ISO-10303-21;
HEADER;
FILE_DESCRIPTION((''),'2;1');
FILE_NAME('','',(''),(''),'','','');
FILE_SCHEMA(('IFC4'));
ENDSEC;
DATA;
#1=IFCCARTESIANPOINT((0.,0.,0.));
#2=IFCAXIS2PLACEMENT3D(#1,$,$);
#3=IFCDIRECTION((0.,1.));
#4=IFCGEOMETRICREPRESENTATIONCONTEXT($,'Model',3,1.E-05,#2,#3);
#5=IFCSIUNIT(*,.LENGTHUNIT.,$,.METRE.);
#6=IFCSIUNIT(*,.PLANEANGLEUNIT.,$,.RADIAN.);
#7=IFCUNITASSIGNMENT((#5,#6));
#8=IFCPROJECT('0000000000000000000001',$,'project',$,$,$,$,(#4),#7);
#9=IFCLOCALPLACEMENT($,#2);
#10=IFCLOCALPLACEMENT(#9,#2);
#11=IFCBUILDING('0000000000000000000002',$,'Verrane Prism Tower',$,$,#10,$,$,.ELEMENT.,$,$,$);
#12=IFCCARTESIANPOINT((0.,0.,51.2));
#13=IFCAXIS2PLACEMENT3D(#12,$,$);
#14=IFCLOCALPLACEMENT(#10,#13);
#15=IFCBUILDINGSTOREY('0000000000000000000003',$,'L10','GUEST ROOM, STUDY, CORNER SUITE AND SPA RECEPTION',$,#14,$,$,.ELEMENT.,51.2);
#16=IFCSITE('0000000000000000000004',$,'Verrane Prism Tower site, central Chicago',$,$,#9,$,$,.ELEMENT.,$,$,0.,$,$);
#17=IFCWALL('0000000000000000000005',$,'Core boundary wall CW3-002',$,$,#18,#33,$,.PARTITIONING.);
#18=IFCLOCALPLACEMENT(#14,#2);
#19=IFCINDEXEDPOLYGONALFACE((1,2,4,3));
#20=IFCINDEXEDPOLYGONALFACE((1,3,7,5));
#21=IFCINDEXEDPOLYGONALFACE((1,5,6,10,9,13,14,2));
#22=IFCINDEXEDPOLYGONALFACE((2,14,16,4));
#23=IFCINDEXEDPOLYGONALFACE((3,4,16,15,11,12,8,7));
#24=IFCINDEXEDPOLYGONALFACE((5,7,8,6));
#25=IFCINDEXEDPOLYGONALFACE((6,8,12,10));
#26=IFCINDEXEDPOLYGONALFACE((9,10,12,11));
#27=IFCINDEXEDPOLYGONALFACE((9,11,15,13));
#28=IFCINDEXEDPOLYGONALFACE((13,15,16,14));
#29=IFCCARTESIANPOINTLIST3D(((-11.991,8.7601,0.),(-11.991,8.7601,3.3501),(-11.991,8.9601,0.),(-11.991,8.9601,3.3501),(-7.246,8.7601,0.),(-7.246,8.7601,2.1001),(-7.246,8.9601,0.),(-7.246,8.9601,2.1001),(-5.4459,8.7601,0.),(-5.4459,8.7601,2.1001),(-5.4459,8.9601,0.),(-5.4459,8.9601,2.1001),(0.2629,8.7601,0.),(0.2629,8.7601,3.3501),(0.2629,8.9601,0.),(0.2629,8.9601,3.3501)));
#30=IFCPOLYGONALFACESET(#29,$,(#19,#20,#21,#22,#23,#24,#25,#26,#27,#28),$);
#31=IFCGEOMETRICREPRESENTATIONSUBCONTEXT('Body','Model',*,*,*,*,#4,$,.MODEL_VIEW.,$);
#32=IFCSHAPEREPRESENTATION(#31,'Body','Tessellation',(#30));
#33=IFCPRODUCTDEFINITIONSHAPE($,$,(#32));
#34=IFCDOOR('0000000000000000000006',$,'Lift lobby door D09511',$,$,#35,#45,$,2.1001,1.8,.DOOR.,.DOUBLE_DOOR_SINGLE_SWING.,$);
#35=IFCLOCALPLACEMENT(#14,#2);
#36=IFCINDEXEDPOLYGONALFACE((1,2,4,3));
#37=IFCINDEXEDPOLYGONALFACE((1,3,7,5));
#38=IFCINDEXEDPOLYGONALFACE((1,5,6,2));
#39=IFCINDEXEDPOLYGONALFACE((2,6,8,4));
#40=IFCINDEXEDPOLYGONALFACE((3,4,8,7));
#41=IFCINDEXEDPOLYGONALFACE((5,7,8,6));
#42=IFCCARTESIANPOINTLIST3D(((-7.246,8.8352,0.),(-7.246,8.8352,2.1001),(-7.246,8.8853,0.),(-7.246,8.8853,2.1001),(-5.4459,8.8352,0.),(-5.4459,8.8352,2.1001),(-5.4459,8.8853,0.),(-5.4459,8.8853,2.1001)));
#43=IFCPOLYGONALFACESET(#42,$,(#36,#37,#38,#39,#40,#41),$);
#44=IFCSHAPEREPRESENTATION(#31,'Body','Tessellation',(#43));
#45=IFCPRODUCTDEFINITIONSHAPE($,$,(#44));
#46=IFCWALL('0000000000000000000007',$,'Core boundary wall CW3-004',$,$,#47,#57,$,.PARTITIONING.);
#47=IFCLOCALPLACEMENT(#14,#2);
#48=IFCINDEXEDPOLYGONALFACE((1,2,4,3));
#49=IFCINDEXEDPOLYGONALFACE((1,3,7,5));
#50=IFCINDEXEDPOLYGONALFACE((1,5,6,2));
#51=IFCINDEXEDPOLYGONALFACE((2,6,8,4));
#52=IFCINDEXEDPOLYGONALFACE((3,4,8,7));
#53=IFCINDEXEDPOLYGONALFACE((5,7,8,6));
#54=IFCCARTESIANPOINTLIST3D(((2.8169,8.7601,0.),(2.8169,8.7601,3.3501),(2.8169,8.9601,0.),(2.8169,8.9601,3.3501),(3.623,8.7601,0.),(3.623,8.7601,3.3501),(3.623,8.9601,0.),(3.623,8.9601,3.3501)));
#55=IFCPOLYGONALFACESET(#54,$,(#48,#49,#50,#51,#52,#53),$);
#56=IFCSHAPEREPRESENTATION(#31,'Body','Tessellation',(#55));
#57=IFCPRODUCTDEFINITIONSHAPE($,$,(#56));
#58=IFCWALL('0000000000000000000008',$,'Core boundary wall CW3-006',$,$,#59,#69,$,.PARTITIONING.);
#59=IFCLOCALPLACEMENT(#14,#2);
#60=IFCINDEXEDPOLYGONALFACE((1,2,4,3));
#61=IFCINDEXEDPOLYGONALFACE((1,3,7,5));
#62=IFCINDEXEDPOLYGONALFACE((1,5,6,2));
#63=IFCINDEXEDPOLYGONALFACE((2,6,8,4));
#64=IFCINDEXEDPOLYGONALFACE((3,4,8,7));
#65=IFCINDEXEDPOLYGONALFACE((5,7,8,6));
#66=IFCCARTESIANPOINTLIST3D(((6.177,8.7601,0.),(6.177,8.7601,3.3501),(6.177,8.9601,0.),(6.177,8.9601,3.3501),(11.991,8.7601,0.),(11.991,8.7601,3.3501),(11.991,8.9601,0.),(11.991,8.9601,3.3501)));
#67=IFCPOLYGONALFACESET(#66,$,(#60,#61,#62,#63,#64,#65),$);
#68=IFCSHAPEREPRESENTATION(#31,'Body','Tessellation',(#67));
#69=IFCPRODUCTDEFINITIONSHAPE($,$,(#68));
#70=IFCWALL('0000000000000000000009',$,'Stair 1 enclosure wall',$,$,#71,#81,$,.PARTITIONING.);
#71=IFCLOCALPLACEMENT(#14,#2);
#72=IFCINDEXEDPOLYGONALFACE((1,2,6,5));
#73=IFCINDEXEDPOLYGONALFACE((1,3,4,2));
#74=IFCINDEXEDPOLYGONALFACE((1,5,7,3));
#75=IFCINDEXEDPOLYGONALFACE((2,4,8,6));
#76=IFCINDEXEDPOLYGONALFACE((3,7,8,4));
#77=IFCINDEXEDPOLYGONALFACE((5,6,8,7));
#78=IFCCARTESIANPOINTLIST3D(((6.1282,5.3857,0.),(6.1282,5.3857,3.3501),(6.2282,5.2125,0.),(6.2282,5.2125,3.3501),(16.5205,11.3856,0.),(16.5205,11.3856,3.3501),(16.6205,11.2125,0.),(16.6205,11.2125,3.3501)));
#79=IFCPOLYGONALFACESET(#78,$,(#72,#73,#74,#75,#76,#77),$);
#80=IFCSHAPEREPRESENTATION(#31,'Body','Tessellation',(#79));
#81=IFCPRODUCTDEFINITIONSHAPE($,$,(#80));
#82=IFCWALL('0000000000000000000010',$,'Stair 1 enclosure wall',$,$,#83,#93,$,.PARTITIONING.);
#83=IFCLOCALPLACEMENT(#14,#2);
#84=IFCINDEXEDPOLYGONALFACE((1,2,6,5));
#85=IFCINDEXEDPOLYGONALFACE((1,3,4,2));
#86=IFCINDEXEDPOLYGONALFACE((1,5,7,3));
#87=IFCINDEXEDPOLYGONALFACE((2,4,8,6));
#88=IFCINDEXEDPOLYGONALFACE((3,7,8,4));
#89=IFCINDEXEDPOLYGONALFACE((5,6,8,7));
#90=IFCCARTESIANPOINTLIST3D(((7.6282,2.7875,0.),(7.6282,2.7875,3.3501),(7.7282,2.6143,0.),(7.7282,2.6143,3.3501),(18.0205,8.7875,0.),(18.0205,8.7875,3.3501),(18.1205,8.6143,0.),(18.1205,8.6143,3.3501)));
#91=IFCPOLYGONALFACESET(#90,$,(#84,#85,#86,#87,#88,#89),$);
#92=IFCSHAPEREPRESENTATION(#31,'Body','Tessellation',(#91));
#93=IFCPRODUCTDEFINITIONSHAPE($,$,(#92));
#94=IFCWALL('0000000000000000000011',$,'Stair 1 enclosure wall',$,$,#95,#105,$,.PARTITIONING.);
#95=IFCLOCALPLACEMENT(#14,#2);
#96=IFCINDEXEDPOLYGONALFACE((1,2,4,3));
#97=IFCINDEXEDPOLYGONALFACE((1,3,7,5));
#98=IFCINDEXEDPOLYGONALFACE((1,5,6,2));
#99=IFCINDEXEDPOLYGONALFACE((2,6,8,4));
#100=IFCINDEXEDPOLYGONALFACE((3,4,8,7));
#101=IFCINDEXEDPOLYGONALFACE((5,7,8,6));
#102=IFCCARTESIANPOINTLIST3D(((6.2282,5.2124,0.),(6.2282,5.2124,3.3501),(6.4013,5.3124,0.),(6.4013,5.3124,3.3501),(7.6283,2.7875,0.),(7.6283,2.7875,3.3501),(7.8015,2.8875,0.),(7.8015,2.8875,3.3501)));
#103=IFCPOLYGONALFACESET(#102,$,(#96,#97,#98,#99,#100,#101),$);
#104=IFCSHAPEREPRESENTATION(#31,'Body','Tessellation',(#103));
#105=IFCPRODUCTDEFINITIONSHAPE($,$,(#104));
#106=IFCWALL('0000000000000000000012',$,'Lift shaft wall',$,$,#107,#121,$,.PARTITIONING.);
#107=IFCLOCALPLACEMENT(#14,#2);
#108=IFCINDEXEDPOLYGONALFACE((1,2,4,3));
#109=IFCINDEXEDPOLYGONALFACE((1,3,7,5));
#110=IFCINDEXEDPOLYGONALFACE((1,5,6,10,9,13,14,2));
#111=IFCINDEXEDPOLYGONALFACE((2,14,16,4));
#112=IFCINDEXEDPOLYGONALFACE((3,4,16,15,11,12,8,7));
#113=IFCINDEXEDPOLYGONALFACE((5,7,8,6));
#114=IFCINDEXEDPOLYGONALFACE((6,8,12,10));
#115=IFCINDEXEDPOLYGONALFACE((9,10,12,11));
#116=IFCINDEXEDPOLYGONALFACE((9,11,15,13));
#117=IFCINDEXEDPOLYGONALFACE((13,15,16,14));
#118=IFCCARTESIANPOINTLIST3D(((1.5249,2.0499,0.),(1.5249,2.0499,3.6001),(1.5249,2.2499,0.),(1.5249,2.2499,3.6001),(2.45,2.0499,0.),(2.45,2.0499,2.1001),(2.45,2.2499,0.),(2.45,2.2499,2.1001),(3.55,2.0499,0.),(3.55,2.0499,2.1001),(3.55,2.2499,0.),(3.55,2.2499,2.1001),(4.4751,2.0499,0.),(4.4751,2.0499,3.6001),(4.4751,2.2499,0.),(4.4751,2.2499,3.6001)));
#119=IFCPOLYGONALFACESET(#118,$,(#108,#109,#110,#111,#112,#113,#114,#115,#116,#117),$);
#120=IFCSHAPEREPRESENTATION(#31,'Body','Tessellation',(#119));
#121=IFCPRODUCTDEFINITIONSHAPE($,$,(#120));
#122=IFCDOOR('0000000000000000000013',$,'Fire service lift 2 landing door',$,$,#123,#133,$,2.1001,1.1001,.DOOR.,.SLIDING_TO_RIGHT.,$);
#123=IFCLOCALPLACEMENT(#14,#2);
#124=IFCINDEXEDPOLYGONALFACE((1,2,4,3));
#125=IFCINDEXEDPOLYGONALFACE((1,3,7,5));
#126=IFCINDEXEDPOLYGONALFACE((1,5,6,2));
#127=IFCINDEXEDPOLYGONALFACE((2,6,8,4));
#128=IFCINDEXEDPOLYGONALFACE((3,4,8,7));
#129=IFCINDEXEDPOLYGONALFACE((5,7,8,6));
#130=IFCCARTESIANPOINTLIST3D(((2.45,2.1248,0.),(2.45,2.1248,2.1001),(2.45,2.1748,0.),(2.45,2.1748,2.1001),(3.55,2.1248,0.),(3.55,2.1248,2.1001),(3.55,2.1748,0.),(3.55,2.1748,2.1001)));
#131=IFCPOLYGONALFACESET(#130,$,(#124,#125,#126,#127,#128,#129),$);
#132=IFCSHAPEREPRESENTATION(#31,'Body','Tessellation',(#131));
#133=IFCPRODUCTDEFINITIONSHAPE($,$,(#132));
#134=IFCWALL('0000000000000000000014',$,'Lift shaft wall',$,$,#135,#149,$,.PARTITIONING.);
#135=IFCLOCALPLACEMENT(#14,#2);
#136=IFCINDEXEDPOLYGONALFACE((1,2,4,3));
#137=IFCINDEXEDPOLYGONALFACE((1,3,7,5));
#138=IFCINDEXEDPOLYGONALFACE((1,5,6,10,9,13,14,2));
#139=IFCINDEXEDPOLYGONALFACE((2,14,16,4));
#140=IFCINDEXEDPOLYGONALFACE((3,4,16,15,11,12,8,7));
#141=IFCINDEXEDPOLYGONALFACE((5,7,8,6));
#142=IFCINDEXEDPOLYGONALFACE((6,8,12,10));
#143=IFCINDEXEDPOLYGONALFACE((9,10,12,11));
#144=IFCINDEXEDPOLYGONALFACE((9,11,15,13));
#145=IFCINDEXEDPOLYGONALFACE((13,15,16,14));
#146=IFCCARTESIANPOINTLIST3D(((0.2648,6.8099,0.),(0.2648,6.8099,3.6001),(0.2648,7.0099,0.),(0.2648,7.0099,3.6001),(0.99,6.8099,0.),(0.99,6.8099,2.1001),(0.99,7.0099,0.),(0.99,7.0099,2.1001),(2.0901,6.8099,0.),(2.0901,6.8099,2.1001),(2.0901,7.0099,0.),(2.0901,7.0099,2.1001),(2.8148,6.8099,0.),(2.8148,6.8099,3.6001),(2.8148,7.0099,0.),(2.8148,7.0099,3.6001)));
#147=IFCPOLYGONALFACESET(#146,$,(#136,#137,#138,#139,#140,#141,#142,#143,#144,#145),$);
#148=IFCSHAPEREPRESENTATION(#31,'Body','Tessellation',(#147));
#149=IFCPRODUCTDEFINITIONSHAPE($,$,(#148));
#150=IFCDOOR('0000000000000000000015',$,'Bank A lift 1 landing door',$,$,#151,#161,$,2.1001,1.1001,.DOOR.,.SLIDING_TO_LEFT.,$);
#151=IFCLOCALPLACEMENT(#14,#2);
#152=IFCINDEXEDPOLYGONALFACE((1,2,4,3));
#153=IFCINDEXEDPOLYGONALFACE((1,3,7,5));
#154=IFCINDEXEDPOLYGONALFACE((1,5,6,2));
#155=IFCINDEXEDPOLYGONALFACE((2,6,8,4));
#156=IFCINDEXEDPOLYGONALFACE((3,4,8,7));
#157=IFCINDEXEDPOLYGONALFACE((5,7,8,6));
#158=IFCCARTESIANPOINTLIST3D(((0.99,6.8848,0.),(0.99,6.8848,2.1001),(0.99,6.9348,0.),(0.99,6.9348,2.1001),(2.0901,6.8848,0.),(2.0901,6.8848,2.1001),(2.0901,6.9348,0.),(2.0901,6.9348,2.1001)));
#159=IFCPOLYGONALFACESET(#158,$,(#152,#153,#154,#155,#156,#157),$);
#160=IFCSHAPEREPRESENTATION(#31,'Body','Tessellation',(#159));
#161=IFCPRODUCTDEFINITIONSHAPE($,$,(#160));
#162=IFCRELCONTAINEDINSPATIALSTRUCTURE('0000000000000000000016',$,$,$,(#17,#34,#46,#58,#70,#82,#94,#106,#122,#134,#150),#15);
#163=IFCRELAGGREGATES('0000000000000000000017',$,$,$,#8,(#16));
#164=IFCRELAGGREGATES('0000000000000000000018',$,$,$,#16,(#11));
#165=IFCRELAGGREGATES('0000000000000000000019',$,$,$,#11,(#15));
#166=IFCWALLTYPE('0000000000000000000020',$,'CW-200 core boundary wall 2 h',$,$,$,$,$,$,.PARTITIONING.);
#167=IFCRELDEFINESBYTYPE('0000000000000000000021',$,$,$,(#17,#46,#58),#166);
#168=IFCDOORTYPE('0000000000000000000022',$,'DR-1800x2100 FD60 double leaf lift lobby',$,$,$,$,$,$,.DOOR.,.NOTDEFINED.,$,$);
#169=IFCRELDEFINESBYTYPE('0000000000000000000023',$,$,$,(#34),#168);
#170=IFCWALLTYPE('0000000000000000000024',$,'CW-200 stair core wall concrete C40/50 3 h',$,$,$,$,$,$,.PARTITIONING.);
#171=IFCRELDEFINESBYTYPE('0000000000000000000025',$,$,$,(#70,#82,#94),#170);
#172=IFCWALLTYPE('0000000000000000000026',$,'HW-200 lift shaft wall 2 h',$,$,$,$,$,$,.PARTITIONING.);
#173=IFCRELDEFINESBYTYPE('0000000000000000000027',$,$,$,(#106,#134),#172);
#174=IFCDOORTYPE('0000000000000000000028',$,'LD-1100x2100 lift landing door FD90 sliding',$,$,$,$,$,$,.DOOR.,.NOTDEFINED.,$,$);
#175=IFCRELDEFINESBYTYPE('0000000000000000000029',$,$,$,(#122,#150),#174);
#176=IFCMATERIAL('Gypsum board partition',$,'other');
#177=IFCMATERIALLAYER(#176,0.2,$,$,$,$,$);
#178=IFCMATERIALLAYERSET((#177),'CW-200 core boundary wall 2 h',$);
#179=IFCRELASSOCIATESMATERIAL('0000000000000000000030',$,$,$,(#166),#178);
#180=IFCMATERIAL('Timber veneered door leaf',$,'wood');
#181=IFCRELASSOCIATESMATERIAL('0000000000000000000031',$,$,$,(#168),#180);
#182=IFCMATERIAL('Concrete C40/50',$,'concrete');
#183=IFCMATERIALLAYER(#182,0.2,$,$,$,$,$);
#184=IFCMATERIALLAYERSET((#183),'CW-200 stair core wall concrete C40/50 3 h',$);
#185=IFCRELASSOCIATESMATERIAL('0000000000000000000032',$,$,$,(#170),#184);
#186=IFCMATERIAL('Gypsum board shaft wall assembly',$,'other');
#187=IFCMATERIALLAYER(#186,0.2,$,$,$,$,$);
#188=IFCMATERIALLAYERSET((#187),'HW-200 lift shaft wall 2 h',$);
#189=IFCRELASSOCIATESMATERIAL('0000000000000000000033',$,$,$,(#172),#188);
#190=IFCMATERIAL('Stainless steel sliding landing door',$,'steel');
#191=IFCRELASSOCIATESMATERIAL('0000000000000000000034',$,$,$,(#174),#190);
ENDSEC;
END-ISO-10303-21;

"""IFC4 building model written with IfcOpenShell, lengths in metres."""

from ifc_helpers import new_model, si_unit, direction, frame, frame_2d, origin, place, context, subcontext, project, spatial, rectangle, extrude, material, layer, layer_set, type_object, element, fill, save


model = new_model("IFC4")

# Units and contexts
model_context = context("Model", 3, precision=1e-05, world=origin(), true_north=direction((0.0, 1.0)))
body_context = subcontext(model_context, "Body", "Model", "MODEL_VIEW")
ifc_project = project(units=[si_unit("LENGTHUNIT", "METRE"), si_unit("PLANEANGLEUNIT", "RADIAN")], contexts=[model_context])

# Site, building, storey
site_placement = place(None, origin())
site = spatial("IfcSite", under=ifc_project, at=site_placement, Name="Verrane Prism Tower site, central Chicago", CompositionType="ELEMENT", RefElevation=0.0)
building_placement = place(site_placement, origin())
building = spatial("IfcBuilding", under=site, at=building_placement, Name="Verrane Prism Tower", CompositionType="ELEMENT")
storey_placement = place(building_placement, frame((0.0, 0.0, 51.2)))
storey = spatial("IfcBuildingStorey", under=building, at=storey_placement, Name="L10", Description="GUEST ROOM, STUDY, CORNER SUITE AND SPA RECEPTION", CompositionType="ELEMENT", Elevation=51.2)

# Wall, opening, door
ifc_material_1 = material(Name="Gypsum board partition", Category="other")
ifc_layer_1 = layer(ifc_material_1, 0.2)
ifc_layer_set_1 = layer_set([ifc_layer_1], Name="CW-200 core boundary wall 2 h")
wall_type_1 = type_object("IfcWallType", Name="CW-200 core boundary wall 2 h", PredefinedType="PARTITIONING", material=ifc_layer_set_1)
wall_1_placement = place(storey_placement, frame((0.2629, 8.8601, 0.0), z_axis=(0.0, 0.0, 1.0), x_axis=(-1.0, 0.0, 0.0)))
wall_1 = element("IfcWall", 1, at=wall_1_placement, inside=storey, type_object=wall_type_1, Name="Core boundary wall CW3-002", PredefinedType="PARTITIONING", context=body_context, shape_type="SweptSolid", body=[
    extrude(rectangle(XDim=12.2539, YDim=0.2, at=frame_2d((6.127, 0.0))), origin(), (0.0, 0.0, 1.0), 3.3501),
])
opening_1_placement = place(wall_1_placement, frame((5.709, 0.0, 0.0)))
opening_1 = element("IfcOpeningElement", 2, at=opening_1_placement, cuts=wall_1, PredefinedType="OPENING", context=body_context, shape_type="SweptSolid", body=[
    extrude(rectangle(XDim=1.8, YDim=2.1001, at=frame_2d((0.8999, 1.05))), frame((0.0, 0.1099, 0.0), z_axis=(0.0, -1.0, 0.0), x_axis=(1.0, 0.0, 0.0)), (0.0, 0.0, 1.0), 0.22),
])
ifc_material_2 = material(Name="Timber veneered door leaf", Category="wood")
door_type_1 = type_object("IfcDoorType", Name="DR-1800x2100 FD60 double leaf lift lobby", OperationType="NOTDEFINED", PredefinedType="DOOR", material=ifc_material_2)
door_1_placement = place(opening_1_placement, origin())
door_1 = element("IfcDoor", 3, at=door_1_placement, inside=storey, type_object=door_type_1, Name="Lift lobby door D09511", OperationType="DOUBLE_DOOR_SINGLE_SWING", OverallHeight=2.1001, OverallWidth=1.8, PredefinedType="DOOR", context=body_context, shape_type="SweptSolid", body=[
    extrude(rectangle(XDim=1.8, YDim=2.1001, at=frame_2d((0.8999, 1.05))), frame((0.0, 0.0249, 0.0), z_axis=(0.0, -1.0, 0.0), x_axis=(1.0, 0.0, 0.0)), (0.0, 0.0, 1.0), 0.05),
])
fill(opening_1, door_1)

# Walls
wall_2_placement = place(storey_placement, frame((2.8169, 8.8601, 0.0), z_axis=(0.0, 0.0, 1.0), x_axis=(1.0, 0.0, 0.0)))
element("IfcWall", 4, at=wall_2_placement, inside=storey, type_object=wall_type_1, Name="Core boundary wall CW3-004", PredefinedType="PARTITIONING", context=body_context, shape_type="SweptSolid", body=[
    extrude(rectangle(XDim=0.8062, YDim=0.2, at=frame_2d((0.4031, 0.0))), origin(), (0.0, 0.0, 1.0), 3.3501),
])
wall_3_placement = place(storey_placement, frame((6.177, 8.8601, 0.0), z_axis=(0.0, 0.0, 1.0), x_axis=(1.0, 0.0, 0.0)))
element("IfcWall", 5, at=wall_3_placement, inside=storey, type_object=wall_type_1, Name="Core boundary wall CW3-006", PredefinedType="PARTITIONING", context=body_context, shape_type="SweptSolid", body=[
    extrude(rectangle(XDim=5.814, YDim=0.2, at=frame_2d((2.907, 0.0))), origin(), (0.0, 0.0, 1.0), 3.3501),
])
ifc_material_3 = material(Name="Concrete C40/50", Category="concrete")
ifc_layer_2 = layer(ifc_material_3, 0.2)
ifc_layer_set_2 = layer_set([ifc_layer_2], Name="CW-200 stair core wall concrete C40/50 3 h")
wall_type_2 = type_object("IfcWallType", Name="CW-200 stair core wall concrete C40/50 3 h", PredefinedType="PARTITIONING", material=ifc_layer_set_2)
for number, where, z_axis, x_axis, name in (
    (6, (6.1782, 5.2991, 0.0), (0.0, 0.0, 1.0), (0.866026, 0.499999, 0.0), "Stair 1 enclosure wall"),
    (7, (7.6782, 2.7009, 0.0), (0.0, 0.0, 1.0), (0.866026, 0.499999, 0.0), "Stair 1 enclosure wall"),
):
    element("IfcWall", number, at=place(storey_placement, frame(where, z_axis=z_axis, x_axis=x_axis)), inside=storey, type_object=wall_type_2, Name=name, PredefinedType="PARTITIONING", context=body_context, shape_type="SweptSolid", body=[
        extrude(rectangle(XDim=12.0, YDim=0.2, at=frame_2d((6.0, 0.0))), origin(), (0.0, 0.0, 1.0), 3.3501),
    ])
wall_4_placement = place(storey_placement, frame((7.7148, 2.8376, 0.0), z_axis=(0.0, 0.0, 1.0), x_axis=(-0.50005, 0.865997, 0.0)))
element("IfcWall", 8, at=wall_4_placement, inside=storey, type_object=wall_type_2, Name="Stair 1 enclosure wall", PredefinedType="PARTITIONING", context=body_context, shape_type="SweptSolid", body=[
    extrude(rectangle(XDim=2.8, YDim=0.2, at=frame_2d((1.3999, 0.0))), origin(), (0.0, 0.0, 1.0), 3.3501),
])

# Walls, openings, doors
ifc_material_4 = material(Name="Gypsum board shaft wall assembly", Category="other")
ifc_layer_3 = layer(ifc_material_4, 0.2)
ifc_layer_set_3 = layer_set([ifc_layer_3], Name="HW-200 lift shaft wall 2 h")
wall_type_3 = type_object("IfcWallType", Name="HW-200 lift shaft wall 2 h", PredefinedType="PARTITIONING", material=ifc_layer_set_3)
wall_5_placement = place(storey_placement, frame((1.5249, 2.1499, 0.0), z_axis=(0.0, 0.0, 1.0), x_axis=(1.0, 0.0, 0.0)))
wall_5 = element("IfcWall", 9, at=wall_5_placement, inside=storey, type_object=wall_type_3, Name="Lift shaft wall", PredefinedType="PARTITIONING", context=body_context, shape_type="SweptSolid", body=[
    extrude(rectangle(XDim=2.9502, YDim=0.2, at=frame_2d((1.4751, 0.0))), origin(), (0.0, 0.0, 1.0), 3.6001),
])
opening_2_placement = place(wall_5_placement, frame((0.925, 0.0, 0.0)))
opening_2 = element("IfcOpeningElement", 10, at=opening_2_placement, cuts=wall_5, PredefinedType="OPENING", context=body_context, shape_type="SweptSolid", body=[
    extrude(rectangle(XDim=1.1001, YDim=2.1001, at=frame_2d((0.55, 1.05))), frame((0.0, 0.1099, 0.0), z_axis=(0.0, -1.0, 0.0), x_axis=(1.0, 0.0, 0.0)), (0.0, 0.0, 1.0), 0.22),
])
ifc_material_5 = material(Name="Stainless steel sliding landing door", Category="steel")
door_type_2 = type_object("IfcDoorType", Name="LD-1100x2100 lift landing door FD90 sliding", OperationType="NOTDEFINED", PredefinedType="DOOR", material=ifc_material_5)
door_2_placement = place(opening_2_placement, origin())
door_2 = element("IfcDoor", 11, at=door_2_placement, inside=storey, type_object=door_type_2, Name="Fire service lift 2 landing door", OperationType="SLIDING_TO_RIGHT", OverallHeight=2.1001, OverallWidth=1.1001, PredefinedType="DOOR", context=body_context, shape_type="SweptSolid", body=[
    extrude(rectangle(XDim=1.1001, YDim=2.1001, at=frame_2d((0.55, 1.05))), frame((0.0, 0.0249, 0.0), z_axis=(0.0, -1.0, 0.0), x_axis=(1.0, 0.0, 0.0)), (0.0, 0.0, 1.0), 0.05),
])
fill(opening_2, door_2)
wall_6_placement = place(storey_placement, frame((0.2649, 6.9099, 0.0), z_axis=(0.0, 0.0, 1.0), x_axis=(1.0, 0.0, 0.0)))
wall_6 = element("IfcWall", 12, at=wall_6_placement, inside=storey, type_object=wall_type_3, Name="Lift shaft wall", PredefinedType="PARTITIONING", context=body_context, shape_type="SweptSolid", body=[
    extrude(rectangle(XDim=2.55, YDim=0.2, at=frame_2d((1.2749, 0.0))), origin(), (0.0, 0.0, 1.0), 3.6001),
])
opening_3_placement = place(wall_6_placement, frame((0.7251, 0.0, 0.0)))
opening_3 = element("IfcOpeningElement", 13, at=opening_3_placement, cuts=wall_6, PredefinedType="OPENING", context=body_context, shape_type="SweptSolid", body=[
    extrude(rectangle(XDim=1.1001, YDim=2.1001, at=frame_2d((0.55, 1.05))), frame((0.0, 0.1099, 0.0), z_axis=(0.0, -1.0, 0.0), x_axis=(1.0, 0.0, 0.0)), (0.0, 0.0, 1.0), 0.22),
])
door_3_placement = place(opening_3_placement, origin())
door_3 = element("IfcDoor", 14, at=door_3_placement, inside=storey, type_object=door_type_2, Name="Bank A lift 1 landing door", OperationType="SLIDING_TO_LEFT", OverallHeight=2.1001, OverallWidth=1.1001, PredefinedType="DOOR", context=body_context, shape_type="SweptSolid", body=[
    extrude(rectangle(XDim=1.1001, YDim=2.1001, at=frame_2d((0.55, 1.05))), frame((0.0, 0.0249, 0.0), z_axis=(0.0, -1.0, 0.0), x_axis=(1.0, 0.0, 0.0)), (0.0, 0.0, 1.0), 0.05),
])
fill(opening_3, door_3)

save(model, "model.ifc")
